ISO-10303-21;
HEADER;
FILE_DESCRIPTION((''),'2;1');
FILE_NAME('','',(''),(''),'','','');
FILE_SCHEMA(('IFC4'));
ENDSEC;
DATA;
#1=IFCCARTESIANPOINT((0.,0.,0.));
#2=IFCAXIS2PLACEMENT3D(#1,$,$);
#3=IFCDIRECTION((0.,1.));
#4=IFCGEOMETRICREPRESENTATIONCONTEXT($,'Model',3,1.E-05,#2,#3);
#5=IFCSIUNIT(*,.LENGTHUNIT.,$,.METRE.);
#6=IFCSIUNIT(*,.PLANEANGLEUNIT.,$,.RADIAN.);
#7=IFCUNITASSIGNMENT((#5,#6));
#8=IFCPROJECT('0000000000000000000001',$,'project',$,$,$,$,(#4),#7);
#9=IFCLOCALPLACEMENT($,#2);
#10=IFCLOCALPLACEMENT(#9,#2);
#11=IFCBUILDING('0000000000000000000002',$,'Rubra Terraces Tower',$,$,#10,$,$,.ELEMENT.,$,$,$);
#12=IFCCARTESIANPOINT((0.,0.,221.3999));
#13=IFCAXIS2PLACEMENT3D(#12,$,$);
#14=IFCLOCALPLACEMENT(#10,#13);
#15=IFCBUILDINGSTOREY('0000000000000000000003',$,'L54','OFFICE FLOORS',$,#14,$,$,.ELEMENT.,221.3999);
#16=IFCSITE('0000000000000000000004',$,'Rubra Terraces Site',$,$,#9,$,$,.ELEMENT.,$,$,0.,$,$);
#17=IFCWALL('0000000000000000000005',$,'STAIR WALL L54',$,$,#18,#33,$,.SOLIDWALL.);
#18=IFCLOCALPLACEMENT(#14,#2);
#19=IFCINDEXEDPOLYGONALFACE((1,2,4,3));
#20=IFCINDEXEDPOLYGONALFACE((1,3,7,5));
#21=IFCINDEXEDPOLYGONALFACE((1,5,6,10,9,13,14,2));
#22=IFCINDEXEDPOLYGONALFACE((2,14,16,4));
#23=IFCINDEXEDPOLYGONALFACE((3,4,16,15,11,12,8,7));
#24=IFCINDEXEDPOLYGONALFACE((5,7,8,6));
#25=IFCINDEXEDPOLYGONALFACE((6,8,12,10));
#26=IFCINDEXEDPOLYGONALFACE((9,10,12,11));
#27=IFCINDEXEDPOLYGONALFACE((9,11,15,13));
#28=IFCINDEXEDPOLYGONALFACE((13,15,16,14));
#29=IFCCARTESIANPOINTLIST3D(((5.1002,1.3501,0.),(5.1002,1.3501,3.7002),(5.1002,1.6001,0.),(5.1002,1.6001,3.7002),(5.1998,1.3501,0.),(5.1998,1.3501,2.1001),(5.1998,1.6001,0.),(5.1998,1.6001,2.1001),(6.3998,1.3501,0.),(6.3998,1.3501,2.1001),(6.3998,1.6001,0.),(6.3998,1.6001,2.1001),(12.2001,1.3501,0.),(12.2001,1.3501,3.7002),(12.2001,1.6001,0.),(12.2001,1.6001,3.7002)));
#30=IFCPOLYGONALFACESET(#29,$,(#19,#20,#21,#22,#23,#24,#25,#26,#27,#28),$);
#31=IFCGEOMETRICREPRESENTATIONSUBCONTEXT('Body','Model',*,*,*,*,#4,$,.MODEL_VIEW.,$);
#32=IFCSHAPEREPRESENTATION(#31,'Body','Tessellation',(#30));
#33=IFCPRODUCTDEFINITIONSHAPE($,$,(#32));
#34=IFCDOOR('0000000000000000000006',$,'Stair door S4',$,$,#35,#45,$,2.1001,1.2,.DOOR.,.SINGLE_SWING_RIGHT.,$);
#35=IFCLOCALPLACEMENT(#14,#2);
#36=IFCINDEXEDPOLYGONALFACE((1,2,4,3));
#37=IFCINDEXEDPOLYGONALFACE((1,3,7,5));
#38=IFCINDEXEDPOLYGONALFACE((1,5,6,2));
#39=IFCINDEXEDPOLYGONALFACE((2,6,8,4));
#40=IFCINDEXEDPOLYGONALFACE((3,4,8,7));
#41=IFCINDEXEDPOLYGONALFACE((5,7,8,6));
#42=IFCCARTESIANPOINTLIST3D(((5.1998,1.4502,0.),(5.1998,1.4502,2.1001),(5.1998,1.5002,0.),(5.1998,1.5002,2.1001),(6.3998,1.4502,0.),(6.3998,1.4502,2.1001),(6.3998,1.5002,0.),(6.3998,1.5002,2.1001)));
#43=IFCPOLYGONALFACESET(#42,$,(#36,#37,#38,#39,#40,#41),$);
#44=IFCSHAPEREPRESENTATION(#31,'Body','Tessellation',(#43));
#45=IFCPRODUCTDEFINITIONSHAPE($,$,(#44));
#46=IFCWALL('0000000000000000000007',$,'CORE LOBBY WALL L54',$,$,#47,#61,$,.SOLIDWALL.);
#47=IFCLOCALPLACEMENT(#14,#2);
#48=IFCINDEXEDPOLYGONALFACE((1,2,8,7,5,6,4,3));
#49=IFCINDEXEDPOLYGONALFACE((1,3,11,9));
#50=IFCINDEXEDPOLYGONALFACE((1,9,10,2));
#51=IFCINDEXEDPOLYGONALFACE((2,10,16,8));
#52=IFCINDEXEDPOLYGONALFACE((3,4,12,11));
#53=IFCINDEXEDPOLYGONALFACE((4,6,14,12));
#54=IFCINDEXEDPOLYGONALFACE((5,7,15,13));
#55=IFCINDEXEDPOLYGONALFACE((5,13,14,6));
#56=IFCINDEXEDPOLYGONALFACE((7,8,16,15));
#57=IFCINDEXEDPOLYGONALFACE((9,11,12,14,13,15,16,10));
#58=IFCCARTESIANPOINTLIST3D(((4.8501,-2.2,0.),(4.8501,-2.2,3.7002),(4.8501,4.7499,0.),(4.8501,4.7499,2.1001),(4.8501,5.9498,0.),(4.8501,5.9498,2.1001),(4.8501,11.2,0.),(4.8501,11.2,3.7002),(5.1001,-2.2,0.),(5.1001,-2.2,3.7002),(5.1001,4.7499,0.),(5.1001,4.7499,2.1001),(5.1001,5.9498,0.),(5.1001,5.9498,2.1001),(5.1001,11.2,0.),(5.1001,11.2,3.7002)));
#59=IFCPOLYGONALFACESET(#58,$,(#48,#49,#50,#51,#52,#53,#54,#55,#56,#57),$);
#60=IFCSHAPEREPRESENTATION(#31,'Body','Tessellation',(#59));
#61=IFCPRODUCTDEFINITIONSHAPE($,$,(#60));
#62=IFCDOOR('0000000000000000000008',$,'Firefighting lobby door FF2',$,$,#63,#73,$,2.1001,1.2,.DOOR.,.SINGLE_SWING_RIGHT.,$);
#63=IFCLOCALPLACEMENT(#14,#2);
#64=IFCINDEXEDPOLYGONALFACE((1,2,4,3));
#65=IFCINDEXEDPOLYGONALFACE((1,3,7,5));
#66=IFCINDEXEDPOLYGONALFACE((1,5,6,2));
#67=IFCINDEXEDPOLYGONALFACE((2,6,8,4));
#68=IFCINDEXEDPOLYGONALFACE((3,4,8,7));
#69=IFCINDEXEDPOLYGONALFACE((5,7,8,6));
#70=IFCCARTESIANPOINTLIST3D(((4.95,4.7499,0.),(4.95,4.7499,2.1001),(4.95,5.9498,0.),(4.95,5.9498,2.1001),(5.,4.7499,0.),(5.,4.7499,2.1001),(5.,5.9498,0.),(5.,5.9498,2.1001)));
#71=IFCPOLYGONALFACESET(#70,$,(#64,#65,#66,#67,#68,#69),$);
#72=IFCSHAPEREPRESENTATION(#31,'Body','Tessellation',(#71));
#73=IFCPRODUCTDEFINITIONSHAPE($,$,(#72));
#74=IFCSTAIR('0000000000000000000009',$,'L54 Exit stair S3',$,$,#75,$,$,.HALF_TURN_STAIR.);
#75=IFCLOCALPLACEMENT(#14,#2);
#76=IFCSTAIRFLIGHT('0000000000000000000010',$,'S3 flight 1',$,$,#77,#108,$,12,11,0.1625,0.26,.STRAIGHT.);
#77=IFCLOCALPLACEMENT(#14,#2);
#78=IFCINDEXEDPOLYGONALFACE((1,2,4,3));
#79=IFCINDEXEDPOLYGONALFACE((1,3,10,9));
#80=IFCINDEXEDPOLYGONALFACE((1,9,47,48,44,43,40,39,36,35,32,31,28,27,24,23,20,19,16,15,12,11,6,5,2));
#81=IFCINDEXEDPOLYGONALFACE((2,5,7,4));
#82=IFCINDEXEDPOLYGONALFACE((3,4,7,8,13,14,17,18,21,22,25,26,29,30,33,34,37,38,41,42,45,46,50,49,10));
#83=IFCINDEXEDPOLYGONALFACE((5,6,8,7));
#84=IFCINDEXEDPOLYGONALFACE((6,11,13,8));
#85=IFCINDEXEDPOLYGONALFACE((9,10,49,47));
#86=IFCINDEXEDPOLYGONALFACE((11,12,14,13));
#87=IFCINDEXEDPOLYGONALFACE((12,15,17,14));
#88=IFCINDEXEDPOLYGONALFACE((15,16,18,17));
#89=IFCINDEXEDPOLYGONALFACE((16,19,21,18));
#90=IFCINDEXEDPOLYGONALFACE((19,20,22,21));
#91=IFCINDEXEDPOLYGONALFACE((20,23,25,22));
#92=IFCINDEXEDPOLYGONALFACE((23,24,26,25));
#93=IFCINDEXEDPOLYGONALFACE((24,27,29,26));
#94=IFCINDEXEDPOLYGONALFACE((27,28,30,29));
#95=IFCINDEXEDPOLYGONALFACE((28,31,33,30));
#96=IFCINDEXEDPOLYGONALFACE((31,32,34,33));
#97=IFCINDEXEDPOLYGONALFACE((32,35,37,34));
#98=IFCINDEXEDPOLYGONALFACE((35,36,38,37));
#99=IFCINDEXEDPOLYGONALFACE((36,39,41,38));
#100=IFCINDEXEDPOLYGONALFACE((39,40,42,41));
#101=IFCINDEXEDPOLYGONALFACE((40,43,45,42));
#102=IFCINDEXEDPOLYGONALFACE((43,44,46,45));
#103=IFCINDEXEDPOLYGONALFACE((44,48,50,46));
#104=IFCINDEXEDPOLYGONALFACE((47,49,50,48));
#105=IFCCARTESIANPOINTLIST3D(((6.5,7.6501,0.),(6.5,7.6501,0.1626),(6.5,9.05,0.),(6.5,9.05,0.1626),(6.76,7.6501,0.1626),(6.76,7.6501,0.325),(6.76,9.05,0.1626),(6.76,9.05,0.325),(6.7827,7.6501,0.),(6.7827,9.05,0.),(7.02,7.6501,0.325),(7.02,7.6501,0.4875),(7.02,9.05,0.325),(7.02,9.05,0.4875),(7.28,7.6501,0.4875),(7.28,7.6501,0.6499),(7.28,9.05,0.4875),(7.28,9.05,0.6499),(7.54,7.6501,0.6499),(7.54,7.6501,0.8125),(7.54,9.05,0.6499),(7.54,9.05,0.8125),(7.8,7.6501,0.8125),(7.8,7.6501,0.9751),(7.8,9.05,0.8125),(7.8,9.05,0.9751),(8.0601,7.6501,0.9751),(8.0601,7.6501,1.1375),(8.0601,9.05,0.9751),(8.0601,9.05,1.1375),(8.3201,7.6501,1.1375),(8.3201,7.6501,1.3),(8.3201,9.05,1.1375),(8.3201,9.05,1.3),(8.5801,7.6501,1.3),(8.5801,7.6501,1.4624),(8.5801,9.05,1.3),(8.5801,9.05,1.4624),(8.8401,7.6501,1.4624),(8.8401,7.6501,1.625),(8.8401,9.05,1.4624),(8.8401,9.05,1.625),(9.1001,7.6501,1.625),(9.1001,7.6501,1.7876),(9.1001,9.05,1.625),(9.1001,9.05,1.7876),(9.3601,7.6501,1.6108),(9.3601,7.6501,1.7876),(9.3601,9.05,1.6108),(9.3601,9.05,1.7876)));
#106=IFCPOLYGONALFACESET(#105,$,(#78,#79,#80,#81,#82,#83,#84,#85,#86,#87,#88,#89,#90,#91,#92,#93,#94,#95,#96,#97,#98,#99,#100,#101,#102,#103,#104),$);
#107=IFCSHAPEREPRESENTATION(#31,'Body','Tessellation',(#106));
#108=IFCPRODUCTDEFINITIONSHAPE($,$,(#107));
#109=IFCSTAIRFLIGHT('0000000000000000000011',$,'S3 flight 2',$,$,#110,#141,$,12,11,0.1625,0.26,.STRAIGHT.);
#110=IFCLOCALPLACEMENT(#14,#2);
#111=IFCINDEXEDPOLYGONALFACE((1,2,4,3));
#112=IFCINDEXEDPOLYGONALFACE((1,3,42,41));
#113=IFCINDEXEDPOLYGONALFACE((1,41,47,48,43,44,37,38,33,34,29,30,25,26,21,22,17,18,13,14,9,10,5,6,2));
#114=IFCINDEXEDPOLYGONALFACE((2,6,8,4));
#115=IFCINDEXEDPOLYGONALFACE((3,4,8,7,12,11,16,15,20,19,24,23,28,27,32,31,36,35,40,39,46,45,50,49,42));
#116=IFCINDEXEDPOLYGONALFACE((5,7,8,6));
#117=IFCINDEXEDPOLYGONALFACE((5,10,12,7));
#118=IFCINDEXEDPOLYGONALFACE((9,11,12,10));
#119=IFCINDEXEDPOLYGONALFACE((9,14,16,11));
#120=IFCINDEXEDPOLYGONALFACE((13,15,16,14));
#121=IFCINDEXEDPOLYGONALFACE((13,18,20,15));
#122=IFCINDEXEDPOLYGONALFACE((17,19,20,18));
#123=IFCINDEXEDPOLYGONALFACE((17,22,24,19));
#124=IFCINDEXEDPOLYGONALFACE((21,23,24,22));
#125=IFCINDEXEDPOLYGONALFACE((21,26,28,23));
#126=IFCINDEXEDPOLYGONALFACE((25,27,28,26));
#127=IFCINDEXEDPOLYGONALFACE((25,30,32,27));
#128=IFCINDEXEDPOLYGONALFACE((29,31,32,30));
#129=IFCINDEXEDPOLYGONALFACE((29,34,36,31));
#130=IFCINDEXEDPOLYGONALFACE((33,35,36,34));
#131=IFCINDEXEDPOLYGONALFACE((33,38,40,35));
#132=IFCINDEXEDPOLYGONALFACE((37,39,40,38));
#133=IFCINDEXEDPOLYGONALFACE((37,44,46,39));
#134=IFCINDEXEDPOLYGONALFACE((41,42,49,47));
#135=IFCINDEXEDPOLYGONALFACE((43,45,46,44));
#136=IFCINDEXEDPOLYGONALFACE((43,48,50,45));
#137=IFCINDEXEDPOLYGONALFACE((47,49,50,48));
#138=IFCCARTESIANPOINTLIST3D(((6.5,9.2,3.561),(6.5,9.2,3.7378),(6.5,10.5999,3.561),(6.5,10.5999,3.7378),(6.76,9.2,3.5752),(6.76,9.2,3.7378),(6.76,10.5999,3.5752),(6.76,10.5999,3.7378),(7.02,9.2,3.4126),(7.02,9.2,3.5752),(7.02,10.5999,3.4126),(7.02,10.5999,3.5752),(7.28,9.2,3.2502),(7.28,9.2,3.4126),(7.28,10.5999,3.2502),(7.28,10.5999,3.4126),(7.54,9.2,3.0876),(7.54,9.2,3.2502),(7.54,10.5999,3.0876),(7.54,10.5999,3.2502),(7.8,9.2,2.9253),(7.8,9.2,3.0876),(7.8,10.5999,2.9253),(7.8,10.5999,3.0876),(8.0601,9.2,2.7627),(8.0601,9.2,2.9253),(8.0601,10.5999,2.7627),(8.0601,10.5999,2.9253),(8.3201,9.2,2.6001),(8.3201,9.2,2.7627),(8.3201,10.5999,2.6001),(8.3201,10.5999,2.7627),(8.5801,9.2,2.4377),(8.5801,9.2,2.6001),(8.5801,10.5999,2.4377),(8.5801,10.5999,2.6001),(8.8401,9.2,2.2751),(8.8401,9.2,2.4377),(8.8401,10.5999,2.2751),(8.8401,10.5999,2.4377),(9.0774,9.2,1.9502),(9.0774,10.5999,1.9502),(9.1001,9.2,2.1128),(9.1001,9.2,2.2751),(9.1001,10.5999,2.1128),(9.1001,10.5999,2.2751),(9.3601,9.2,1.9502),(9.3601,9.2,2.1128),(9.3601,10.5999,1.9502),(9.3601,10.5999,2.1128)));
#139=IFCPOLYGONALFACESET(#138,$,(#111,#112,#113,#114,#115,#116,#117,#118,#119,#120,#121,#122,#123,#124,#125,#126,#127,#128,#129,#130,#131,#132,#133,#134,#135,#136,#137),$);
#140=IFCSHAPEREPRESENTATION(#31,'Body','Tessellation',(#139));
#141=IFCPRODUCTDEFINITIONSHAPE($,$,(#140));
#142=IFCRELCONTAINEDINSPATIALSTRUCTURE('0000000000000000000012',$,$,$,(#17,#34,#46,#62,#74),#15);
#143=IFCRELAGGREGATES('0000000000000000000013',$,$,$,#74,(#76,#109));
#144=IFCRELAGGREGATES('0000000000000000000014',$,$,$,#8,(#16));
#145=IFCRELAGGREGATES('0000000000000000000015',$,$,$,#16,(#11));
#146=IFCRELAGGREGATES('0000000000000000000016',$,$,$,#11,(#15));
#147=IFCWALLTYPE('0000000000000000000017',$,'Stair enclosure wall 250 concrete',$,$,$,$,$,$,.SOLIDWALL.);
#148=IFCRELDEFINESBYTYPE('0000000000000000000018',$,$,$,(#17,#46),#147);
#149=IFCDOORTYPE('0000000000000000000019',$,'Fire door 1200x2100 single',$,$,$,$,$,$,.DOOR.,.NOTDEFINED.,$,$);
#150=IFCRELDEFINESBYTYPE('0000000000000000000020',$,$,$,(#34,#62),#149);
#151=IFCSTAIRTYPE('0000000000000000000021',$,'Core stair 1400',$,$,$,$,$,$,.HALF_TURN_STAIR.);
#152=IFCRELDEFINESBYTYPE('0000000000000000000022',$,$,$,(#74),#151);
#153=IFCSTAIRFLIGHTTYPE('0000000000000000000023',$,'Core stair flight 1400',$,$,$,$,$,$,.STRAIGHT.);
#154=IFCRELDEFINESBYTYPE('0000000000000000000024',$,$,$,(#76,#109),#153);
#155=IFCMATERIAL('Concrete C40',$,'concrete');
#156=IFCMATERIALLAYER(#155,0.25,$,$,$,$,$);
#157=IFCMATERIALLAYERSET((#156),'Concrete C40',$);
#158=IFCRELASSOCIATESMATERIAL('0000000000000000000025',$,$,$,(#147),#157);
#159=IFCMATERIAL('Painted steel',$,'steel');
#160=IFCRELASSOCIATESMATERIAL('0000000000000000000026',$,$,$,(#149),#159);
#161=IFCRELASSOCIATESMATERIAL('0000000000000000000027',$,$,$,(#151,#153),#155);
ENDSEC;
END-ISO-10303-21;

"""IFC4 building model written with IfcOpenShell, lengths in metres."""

from ifc_helpers import new_model, si_unit, direction, frame, frame_2d, origin, place, context, subcontext, project, spatial, polyline, rectangle, outline, extrude, material, layer, layer_set, type_object, element, fill, aggregate, save


model = new_model("IFC4")

# Units and contexts
model_context = context("Model", 3, precision=1e-05, world=origin(), true_north=direction((0.0, 1.0)))
body_context = subcontext(model_context, "Body", "Model", "MODEL_VIEW")
ifc_project = project(units=[si_unit("LENGTHUNIT", "METRE"), si_unit("PLANEANGLEUNIT", "RADIAN")], contexts=[model_context])

# Site, building, storey
site_placement = place(None, origin())
site = spatial("IfcSite", under=ifc_project, at=site_placement, Name="Rubra Terraces Site", CompositionType="ELEMENT", RefElevation=0.0)
building_placement = place(site_placement, origin())
building = spatial("IfcBuilding", under=site, at=building_placement, Name="Rubra Terraces Tower", CompositionType="ELEMENT")
storey_placement = place(building_placement, frame((0.0, 0.0, 221.3999)))
storey = spatial("IfcBuildingStorey", under=building, at=storey_placement, Name="L54", Description="OFFICE FLOORS", CompositionType="ELEMENT", Elevation=221.3999)

# Shared definitions
ifc_material_1 = material(Name="Concrete C40", Category="concrete")

# Walls, openings, doors
ifc_layer_1 = layer(ifc_material_1, 0.25)
ifc_layer_set_1 = layer_set([ifc_layer_1], Name="Concrete C40")
wall_type_1 = type_object("IfcWallType", Name="Stair enclosure wall 250 concrete", PredefinedType="SOLIDWALL", material=ifc_layer_set_1)
wall_1_placement = place(storey_placement, frame((12.2, 1.4751, 0.0), z_axis=(0.0, 0.0, 1.0), x_axis=(-1.0, 0.0, 0.0)))
wall_1 = element("IfcWall", 1, at=wall_1_placement, inside=storey, type_object=wall_type_1, Name="STAIR WALL L54", PredefinedType="SOLIDWALL", context=body_context, shape_type="SweptSolid", body=[
    extrude(rectangle(XDim=7.0999, YDim=0.25, at=frame_2d((3.5498, 0.0))), origin(), (0.0, 0.0, 1.0), 3.7002),
])
opening_1_placement = place(wall_1_placement, frame((5.8, 0.0, 0.0)))
opening_1 = element("IfcOpeningElement", 2, at=opening_1_placement, cuts=wall_1, PredefinedType="OPENING", context=body_context, shape_type="SweptSolid", body=[
    extrude(rectangle(XDim=1.2, YDim=2.1001, at=frame_2d((0.6001, 1.05))), frame((0.0, 0.135, 0.0), z_axis=(0.0, -1.0, 0.0), x_axis=(1.0, 0.0, 0.0)), (0.0, 0.0, 1.0), 0.27),
])
ifc_material_2 = material(Name="Painted steel", Category="steel")
door_type_1 = type_object("IfcDoorType", Name="Fire door 1200x2100 single", OperationType="NOTDEFINED", PredefinedType="DOOR", material=ifc_material_2)
door_1_placement = place(opening_1_placement, origin())
door_1 = element("IfcDoor", 3, at=door_1_placement, inside=storey, type_object=door_type_1, Name="Stair door S4", OperationType="SINGLE_SWING_RIGHT", OverallHeight=2.1001, OverallWidth=1.2, PredefinedType="DOOR", context=body_context, shape_type="SweptSolid", body=[
    extrude(rectangle(XDim=1.2, YDim=2.1001, at=frame_2d((0.6001, 1.05))), frame((0.0, 0.0249, 0.0), z_axis=(0.0, -1.0, 0.0), x_axis=(1.0, 0.0, 0.0)), (0.0, 0.0, 1.0), 0.05),
])
fill(opening_1, door_1)
wall_2_placement = place(storey_placement, frame((4.9751, 11.2, 0.0), z_axis=(0.0, 0.0, 1.0), x_axis=(0.0, -1.0, 0.0)))
wall_2 = element("IfcWall", 4, at=wall_2_placement, inside=storey, type_object=wall_type_1, Name="CORE LOBBY WALL L54", PredefinedType="SOLIDWALL", context=body_context, shape_type="SweptSolid", body=[
    extrude(rectangle(XDim=13.3999, YDim=0.25, at=frame_2d((6.7, 0.0))), origin(), (0.0, 0.0, 1.0), 3.7002),
])
opening_2_placement = place(wall_2_placement, frame((5.25, 0.0, 0.0)))
opening_2 = element("IfcOpeningElement", 5, at=opening_2_placement, cuts=wall_2, PredefinedType="OPENING", context=body_context, shape_type="SweptSolid", body=[
    extrude(rectangle(XDim=1.2, YDim=2.1001, at=frame_2d((0.6001, 1.05))), frame((0.0, 0.135, 0.0), z_axis=(0.0, -1.0, 0.0), x_axis=(1.0, 0.0, 0.0)), (0.0, 0.0, 1.0), 0.27),
])
door_2_placement = place(opening_2_placement, origin())
door_2 = element("IfcDoor", 6, at=door_2_placement, inside=storey, type_object=door_type_1, Name="Firefighting lobby door FF2", OperationType="SINGLE_SWING_RIGHT", OverallHeight=2.1001, OverallWidth=1.2, PredefinedType="DOOR", context=body_context, shape_type="SweptSolid", body=[
    extrude(rectangle(XDim=1.2, YDim=2.1001, at=frame_2d((0.6001, 1.05))), frame((0.0, 0.0249, 0.0), z_axis=(0.0, -1.0, 0.0), x_axis=(1.0, 0.0, 0.0)), (0.0, 0.0, 1.0), 0.05),
])
fill(opening_2, door_2)

# Stair, stair flights
stair_type = type_object("IfcStairType", Name="Core stair 1400", PredefinedType="HALF_TURN_STAIR", material=ifc_material_1)
stair_placement = place(storey_placement, origin())
stair = element("IfcStair", 7, at=stair_placement, inside=storey, type_object=stair_type, Name="L54 Exit stair S3", PredefinedType="HALF_TURN_STAIR")
stair_flight_type = type_object("IfcStairFlightType", Name="Core stair flight 1400", PredefinedType="STRAIGHT", material=ifc_material_1)
stair_flight_1_placement = place(storey_placement, frame((6.5, 8.3501, 0.0), z_axis=(0.0, 0.0, 1.0), x_axis=(1.0, 0.0, 0.0)))
stair_flight_1 = element("IfcStairFlight", 8, at=stair_flight_1_placement, type_object=stair_flight_type, Name="S3 flight 1", NumberOfRisers=12, NumberOfTreads=11, PredefinedType="STRAIGHT", RiserHeight=0.1625, TreadLength=0.26, context=body_context, shape_type="SweptSolid", body=[
    extrude(outline(polyline([(0.0, 0.0), (0.0, 0.1626), (0.26, 0.1626), (0.26, 0.325), (0.52, 0.325), (0.52, 0.4875), (0.78, 0.4875), (0.78, 0.6499), (1.04, 0.6499), (1.04, 0.8125), (1.3, 0.8125), (1.3, 0.9751), (1.5601, 0.9751), (1.5601, 1.1375), (1.8201, 1.1375), (1.8201, 1.3), (2.0801, 1.3), (2.0801, 1.4624), (2.3401, 1.4624), (2.3401, 1.625), (2.6001, 1.625), (2.6001, 1.7876), (2.8601, 1.7876), (2.8601, 1.95), (2.8601, 1.6108), (0.2827, 0.0), (0.0, 0.0)])), frame((0.0, 0.7, 0.0), z_axis=(0.0, -1.0, 0.0), x_axis=(1.0, 0.0, 0.0)), (0.0, 0.0, 1.0), 1.3999),
])
stair_flight_2_placement = place(storey_placement, frame((9.3601, 9.8999, 1.9502), z_axis=(0.0, 0.0, 1.0), x_axis=(-1.0, 0.0, 0.0)))
stair_flight_2 = element("IfcStairFlight", 9, at=stair_flight_2_placement, type_object=stair_flight_type, Name="S3 flight 2", NumberOfRisers=12, NumberOfTreads=11, PredefinedType="STRAIGHT", RiserHeight=0.1625, TreadLength=0.26, context=body_context, shape_type="SweptSolid", body=[
    extrude(outline(polyline([(0.0, 0.0), (0.0, 0.1626), (0.26, 0.1626), (0.26, 0.325), (0.52, 0.325), (0.52, 0.4875), (0.78, 0.4875), (0.78, 0.6499), (1.04, 0.6499), (1.04, 0.8125), (1.3, 0.8125), (1.3, 0.9751), (1.5601, 0.9751), (1.5601, 1.1375), (1.8201, 1.1375), (1.8201, 1.3), (2.0801, 1.3), (2.0801, 1.4624), (2.3401, 1.4624), (2.3401, 1.625), (2.6001, 1.625), (2.6001, 1.7876), (2.8601, 1.7876), (2.8601, 1.95), (2.8601, 1.6108), (0.2827, 0.0), (0.0, 0.0)])), frame((0.0, 0.7, 0.0), z_axis=(0.0, -1.0, 0.0), x_axis=(1.0, 0.0, 0.0)), (0.0, 0.0, 1.0), 1.3999),
])
aggregate(stair, [stair_flight_1, stair_flight_2])

save(model, "model.ifc")
